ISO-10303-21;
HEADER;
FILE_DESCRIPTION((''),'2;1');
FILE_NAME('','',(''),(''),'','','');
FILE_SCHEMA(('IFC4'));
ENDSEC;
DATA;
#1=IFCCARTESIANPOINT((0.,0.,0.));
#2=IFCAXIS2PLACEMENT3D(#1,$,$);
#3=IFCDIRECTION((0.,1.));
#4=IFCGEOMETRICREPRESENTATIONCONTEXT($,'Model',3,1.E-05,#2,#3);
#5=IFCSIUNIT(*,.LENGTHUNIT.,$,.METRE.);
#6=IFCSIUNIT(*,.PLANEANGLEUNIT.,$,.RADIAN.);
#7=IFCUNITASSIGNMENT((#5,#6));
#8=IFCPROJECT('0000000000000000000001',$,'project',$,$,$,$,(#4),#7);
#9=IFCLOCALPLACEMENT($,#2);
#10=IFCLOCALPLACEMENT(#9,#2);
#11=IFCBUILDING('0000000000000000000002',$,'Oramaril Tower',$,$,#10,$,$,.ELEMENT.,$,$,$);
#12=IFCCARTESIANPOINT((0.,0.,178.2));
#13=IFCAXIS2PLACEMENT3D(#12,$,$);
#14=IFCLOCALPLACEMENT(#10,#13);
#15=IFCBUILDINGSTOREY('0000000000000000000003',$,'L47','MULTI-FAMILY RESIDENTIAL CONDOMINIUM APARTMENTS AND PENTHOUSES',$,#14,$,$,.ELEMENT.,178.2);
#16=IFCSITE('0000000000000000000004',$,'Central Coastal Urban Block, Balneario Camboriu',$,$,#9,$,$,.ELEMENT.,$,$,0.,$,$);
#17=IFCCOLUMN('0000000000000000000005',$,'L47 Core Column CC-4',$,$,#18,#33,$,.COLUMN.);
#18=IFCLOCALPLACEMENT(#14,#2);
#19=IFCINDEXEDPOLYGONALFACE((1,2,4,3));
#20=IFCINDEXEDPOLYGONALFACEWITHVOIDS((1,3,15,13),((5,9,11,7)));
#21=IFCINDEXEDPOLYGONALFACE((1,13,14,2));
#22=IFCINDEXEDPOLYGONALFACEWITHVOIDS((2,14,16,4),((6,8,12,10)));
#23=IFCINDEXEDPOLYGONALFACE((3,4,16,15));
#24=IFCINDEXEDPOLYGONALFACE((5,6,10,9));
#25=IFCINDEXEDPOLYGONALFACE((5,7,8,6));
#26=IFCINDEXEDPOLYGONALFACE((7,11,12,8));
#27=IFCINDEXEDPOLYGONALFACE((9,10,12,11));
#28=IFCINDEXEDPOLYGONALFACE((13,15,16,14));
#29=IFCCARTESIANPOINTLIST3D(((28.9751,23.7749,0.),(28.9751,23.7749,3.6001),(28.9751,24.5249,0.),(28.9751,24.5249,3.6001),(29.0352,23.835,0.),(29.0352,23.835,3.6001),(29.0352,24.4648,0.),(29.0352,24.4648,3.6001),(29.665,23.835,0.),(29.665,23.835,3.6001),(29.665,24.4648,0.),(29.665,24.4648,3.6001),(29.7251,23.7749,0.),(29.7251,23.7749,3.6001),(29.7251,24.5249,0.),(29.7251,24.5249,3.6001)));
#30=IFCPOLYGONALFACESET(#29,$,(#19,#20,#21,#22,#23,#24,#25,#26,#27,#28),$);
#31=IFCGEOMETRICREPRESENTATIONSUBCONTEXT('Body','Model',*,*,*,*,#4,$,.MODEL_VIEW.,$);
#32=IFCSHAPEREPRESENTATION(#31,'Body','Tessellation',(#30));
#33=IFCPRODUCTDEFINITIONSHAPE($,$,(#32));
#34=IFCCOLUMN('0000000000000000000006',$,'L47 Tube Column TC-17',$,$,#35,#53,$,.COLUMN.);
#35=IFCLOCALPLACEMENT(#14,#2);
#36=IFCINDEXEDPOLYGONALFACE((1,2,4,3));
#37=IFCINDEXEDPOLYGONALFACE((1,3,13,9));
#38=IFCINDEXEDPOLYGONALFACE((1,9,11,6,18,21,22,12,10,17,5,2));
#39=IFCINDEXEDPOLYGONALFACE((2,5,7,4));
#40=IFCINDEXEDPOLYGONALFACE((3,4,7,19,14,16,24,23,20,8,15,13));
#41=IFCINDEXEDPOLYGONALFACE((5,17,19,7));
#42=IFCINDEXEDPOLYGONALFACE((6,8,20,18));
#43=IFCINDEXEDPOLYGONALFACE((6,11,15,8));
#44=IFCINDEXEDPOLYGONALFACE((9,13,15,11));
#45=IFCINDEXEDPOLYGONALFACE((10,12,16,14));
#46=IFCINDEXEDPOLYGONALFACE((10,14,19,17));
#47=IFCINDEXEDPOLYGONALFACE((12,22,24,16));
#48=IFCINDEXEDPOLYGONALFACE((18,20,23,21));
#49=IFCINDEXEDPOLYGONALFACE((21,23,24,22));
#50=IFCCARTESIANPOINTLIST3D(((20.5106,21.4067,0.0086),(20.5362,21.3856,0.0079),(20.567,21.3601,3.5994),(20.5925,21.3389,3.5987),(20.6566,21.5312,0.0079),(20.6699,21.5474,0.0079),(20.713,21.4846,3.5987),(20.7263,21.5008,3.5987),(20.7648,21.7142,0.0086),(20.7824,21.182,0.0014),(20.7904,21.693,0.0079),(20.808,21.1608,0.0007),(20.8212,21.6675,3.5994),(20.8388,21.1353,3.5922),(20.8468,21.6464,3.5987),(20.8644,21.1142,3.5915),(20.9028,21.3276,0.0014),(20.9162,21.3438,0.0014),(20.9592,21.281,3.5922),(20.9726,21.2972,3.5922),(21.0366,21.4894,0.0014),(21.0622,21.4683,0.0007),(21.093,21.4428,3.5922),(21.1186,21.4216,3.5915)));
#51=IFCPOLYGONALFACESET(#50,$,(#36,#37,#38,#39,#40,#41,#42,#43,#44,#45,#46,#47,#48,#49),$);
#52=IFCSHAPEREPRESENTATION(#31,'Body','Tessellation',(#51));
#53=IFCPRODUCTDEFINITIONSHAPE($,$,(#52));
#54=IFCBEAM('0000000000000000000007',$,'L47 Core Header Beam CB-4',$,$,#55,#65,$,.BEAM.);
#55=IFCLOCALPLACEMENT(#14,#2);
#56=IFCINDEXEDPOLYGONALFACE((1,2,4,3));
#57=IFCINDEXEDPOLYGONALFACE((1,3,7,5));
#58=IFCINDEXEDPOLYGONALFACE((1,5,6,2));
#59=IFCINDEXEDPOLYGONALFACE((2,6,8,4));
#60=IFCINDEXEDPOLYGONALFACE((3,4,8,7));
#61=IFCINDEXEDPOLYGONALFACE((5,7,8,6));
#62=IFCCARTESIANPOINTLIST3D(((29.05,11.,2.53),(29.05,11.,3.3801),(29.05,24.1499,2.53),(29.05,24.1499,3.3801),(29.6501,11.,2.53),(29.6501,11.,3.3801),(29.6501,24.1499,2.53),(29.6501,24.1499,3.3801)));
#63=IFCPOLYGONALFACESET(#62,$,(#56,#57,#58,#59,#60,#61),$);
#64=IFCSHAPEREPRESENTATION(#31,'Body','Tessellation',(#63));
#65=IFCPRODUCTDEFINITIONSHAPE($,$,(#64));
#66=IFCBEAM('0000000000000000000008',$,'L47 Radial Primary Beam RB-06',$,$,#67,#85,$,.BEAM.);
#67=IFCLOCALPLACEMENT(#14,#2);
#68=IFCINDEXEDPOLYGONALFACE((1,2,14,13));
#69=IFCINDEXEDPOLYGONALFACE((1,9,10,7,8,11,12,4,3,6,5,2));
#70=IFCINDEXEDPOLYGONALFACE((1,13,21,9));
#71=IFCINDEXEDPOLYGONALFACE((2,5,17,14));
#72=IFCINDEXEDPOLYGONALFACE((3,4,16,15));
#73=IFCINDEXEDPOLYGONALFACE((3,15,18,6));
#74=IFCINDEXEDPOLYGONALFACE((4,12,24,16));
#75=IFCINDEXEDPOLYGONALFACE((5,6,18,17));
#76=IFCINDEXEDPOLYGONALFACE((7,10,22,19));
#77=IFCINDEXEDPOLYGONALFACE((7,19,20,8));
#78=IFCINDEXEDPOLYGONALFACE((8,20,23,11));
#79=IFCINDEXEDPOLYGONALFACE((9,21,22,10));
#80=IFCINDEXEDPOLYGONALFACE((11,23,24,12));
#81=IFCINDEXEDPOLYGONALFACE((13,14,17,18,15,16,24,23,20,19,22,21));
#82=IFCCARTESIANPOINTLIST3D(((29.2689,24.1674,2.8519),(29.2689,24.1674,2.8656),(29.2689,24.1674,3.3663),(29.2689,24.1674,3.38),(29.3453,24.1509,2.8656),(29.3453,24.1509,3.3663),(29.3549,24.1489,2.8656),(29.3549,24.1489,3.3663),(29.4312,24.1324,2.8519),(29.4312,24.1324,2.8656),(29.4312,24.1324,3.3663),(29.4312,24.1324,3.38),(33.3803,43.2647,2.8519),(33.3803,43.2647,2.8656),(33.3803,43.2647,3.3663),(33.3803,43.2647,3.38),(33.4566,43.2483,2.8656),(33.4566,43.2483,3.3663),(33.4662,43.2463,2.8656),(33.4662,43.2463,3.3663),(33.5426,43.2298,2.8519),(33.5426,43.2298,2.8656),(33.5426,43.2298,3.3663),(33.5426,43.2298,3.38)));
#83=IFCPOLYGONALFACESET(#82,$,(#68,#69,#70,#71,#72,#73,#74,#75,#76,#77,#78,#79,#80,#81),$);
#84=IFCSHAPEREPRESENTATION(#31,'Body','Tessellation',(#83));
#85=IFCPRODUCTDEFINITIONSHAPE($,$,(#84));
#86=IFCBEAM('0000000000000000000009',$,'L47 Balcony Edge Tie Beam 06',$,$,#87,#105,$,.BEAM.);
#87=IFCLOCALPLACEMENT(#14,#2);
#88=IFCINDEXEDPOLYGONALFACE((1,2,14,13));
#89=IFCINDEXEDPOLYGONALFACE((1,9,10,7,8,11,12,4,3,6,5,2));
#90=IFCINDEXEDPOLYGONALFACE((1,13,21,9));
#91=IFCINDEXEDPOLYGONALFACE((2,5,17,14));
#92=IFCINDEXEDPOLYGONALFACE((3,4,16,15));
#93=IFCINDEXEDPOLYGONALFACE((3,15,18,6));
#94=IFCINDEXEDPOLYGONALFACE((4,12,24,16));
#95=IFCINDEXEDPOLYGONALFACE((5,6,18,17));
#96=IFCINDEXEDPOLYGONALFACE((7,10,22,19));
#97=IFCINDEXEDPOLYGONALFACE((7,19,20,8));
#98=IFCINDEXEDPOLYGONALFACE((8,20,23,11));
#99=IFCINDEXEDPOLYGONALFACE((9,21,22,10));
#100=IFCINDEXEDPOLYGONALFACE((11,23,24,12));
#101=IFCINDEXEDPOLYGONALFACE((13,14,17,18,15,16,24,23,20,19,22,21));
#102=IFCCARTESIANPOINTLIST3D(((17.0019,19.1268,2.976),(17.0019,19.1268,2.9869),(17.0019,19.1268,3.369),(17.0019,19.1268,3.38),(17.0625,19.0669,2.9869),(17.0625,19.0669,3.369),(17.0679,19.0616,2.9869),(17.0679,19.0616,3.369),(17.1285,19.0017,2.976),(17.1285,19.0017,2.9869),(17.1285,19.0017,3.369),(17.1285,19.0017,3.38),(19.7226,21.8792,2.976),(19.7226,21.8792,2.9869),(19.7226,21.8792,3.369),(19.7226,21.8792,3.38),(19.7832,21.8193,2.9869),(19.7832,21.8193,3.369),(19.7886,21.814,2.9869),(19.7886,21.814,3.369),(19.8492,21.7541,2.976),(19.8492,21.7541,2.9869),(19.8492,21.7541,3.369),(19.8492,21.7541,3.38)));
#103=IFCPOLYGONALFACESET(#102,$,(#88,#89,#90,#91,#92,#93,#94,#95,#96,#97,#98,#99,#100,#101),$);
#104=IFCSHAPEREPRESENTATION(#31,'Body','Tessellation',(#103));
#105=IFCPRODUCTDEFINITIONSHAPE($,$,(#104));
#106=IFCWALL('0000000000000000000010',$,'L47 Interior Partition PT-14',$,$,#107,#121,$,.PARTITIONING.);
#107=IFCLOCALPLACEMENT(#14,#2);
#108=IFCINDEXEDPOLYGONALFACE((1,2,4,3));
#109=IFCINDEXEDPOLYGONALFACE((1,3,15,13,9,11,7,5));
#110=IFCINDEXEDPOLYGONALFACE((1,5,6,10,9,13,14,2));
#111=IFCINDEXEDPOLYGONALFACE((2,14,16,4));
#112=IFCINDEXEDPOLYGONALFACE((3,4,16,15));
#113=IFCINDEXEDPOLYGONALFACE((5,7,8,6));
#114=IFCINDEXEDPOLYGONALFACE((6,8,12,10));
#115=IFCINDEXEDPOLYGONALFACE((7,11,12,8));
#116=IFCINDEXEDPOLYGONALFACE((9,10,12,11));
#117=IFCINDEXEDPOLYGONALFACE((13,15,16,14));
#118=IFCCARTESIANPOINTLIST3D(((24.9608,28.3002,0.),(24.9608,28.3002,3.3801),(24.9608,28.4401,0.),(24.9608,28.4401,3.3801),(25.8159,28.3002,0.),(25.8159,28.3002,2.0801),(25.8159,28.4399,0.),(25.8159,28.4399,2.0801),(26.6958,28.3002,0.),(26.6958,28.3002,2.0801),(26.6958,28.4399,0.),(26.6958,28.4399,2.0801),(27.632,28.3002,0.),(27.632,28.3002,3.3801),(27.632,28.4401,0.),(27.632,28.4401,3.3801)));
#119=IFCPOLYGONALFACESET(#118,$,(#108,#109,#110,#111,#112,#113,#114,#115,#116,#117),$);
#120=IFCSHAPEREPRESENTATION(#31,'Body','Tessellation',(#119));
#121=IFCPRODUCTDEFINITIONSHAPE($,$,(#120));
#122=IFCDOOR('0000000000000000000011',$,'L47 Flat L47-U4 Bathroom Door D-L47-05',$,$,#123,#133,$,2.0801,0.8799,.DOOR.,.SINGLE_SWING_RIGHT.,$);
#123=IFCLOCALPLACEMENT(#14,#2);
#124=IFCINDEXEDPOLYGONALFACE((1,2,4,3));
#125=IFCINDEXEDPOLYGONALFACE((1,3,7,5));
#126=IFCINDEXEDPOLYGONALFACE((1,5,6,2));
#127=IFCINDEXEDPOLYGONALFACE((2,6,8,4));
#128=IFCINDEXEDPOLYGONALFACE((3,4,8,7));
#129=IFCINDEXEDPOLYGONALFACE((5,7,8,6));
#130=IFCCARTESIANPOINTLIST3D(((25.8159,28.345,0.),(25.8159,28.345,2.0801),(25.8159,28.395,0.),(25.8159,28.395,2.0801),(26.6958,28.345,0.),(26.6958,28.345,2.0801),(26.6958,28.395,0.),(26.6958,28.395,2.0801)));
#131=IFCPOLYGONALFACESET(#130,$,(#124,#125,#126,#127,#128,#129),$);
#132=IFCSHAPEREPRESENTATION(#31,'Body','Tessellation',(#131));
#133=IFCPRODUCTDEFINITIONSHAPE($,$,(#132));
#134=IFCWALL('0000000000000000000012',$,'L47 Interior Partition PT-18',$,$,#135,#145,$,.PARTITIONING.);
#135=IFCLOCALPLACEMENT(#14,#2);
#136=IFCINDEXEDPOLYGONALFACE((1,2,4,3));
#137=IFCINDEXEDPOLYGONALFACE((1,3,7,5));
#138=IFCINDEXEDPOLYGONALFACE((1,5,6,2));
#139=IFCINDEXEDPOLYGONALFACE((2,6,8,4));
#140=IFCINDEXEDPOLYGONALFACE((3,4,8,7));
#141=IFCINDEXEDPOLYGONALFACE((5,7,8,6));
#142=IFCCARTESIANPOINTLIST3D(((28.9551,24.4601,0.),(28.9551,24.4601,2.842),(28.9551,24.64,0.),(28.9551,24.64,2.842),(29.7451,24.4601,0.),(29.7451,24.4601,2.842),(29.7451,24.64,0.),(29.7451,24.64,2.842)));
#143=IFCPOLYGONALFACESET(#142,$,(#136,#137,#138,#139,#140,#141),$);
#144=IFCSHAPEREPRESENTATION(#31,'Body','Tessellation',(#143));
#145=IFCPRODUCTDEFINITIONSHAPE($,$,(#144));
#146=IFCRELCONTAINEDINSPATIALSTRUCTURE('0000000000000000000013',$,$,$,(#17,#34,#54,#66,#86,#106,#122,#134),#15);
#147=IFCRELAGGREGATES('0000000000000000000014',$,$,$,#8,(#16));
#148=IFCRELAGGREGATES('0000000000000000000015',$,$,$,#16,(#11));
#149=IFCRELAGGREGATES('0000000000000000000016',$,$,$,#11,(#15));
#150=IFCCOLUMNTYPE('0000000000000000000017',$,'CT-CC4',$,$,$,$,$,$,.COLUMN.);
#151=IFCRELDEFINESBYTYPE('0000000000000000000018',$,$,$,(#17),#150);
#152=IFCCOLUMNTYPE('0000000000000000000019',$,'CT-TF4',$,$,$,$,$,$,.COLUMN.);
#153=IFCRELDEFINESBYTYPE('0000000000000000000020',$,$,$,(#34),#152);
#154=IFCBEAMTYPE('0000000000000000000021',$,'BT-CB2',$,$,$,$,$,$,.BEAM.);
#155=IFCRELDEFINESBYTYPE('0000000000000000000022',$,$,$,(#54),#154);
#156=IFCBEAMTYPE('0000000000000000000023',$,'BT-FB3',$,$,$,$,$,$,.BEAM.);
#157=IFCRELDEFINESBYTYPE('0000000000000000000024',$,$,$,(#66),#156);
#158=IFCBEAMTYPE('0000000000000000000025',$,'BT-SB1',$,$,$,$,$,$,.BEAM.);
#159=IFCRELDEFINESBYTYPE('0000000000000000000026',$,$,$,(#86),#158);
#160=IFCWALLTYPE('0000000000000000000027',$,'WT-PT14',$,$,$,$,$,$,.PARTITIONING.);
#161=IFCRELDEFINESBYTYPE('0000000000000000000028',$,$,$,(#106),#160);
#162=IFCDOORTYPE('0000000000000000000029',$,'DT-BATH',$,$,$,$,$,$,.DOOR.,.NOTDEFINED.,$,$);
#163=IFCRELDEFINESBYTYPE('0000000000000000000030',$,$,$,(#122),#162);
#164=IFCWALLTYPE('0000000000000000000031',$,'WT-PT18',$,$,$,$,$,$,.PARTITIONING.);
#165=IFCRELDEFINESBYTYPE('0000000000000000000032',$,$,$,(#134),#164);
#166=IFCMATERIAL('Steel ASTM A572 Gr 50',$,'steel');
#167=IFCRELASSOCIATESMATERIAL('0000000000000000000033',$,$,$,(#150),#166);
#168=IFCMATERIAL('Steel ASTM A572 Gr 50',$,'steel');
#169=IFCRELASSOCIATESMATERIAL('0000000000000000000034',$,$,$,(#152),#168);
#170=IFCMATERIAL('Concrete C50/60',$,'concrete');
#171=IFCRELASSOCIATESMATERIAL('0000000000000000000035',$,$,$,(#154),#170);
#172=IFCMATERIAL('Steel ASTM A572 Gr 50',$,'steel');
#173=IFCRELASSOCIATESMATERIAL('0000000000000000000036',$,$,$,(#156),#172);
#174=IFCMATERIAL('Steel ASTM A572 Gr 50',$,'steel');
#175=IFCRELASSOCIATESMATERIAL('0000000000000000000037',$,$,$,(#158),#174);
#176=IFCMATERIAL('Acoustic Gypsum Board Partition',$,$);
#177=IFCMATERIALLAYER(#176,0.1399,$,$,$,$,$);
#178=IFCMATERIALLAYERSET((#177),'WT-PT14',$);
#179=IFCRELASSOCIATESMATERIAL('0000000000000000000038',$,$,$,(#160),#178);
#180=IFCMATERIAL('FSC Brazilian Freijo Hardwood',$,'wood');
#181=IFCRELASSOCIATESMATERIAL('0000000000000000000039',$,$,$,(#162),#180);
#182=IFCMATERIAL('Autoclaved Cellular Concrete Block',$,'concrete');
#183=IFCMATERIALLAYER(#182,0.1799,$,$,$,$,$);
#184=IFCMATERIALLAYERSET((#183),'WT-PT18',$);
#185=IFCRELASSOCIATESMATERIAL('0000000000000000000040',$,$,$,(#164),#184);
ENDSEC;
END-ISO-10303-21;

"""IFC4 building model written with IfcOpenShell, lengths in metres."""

from ifc_helpers import new_model, si_unit, direction, frame, frame_2d, origin, origin_2d, place, context, subcontext, project, spatial, rectangle, hollow_rectangle, i_section, extrude, material, layer, layer_set, material_profile, profile_set, type_object, element, fill, save


model = new_model("IFC4")

# Units and contexts
model_context = context("Model", 3, precision=1e-05, world=origin(), true_north=direction((0.0, 1.0)))
body_context = subcontext(model_context, "Body", "Model", "MODEL_VIEW")
ifc_project = project(units=[si_unit("LENGTHUNIT", "METRE"), si_unit("PLANEANGLEUNIT", "RADIAN")], contexts=[model_context])

# Site, building, storey
site_placement = place(None, origin())
site = spatial("IfcSite", under=ifc_project, at=site_placement, Name="Central Coastal Urban Block, Balneario Camboriu", CompositionType="ELEMENT", RefElevation=0.0)
building_placement = place(site_placement, origin())
building = spatial("IfcBuilding", under=site, at=building_placement, Name="Oramaril Tower", CompositionType="ELEMENT")
storey_placement = place(building_placement, frame((0.0, 0.0, 178.2)))
storey = spatial("IfcBuildingStorey", under=building, at=storey_placement, Name="L47", Description="MULTI-FAMILY RESIDENTIAL CONDOMINIUM APARTMENTS AND PENTHOUSES", CompositionType="ELEMENT", Elevation=178.2)

# Columns
ifc_material_1 = material(Name="Steel ASTM A572 Gr 50", Category="steel")
ifc_material_profile_1 = material_profile(ifc_material_1, hollow_rectangle(XDim=0.75, YDim=0.75, WallThickness=0.0601, at=origin_2d()), Name="BOX750X750X60")
ifc_profile_set_1 = profile_set([ifc_material_profile_1], Name="Steel ASTM A572 Gr 50")
column_type_1 = type_object("IfcColumnType", Name="CT-CC4", PredefinedType="COLUMN", material=ifc_profile_set_1)
column_1_placement = place(storey_placement, frame((29.3501, 24.1499, 0.0), z_axis=(0.0, 0.0, 1.0), x_axis=(1.0, 0.0, 0.0)))
element("IfcColumn", 1, at=column_1_placement, inside=storey, type_object=column_type_1, Name="L47 Core Column CC-4", PredefinedType="COLUMN", context=body_context, shape_type="SweptSolid", body=[
    extrude(hollow_rectangle(XDim=0.75, YDim=0.75, WallThickness=0.0601, at=origin_2d()), origin(), (0.0, 0.0, 1.0), 3.6001),
])
ifc_material_2 = material(Name="Steel ASTM A572 Gr 50", Category="steel")
ifc_material_profile_2 = material_profile(ifc_material_2, i_section(OverallWidth=0.3989, OverallDepth=0.386, WebThickness=0.021, FlangeThickness=0.0332, at=origin_2d()), Name="W14X176")
ifc_profile_set_2 = profile_set([ifc_material_profile_2], Name="Steel ASTM A572 Gr 50")
column_type_2 = type_object("IfcColumnType", Name="CT-TF4", PredefinedType="COLUMN", material=ifc_profile_set_2)
column_2_placement = place(storey_placement, frame((20.7864, 21.4375, 0.0046), z_axis=(0.015702, -0.012983, 0.999792), x_axis=(0.637226, 0.770677, 0.0)))
element("IfcColumn", 2, at=column_2_placement, inside=storey, type_object=column_type_2, Name="L47 Tube Column TC-17", PredefinedType="COLUMN", context=body_context, shape_type="SweptSolid", body=[
    extrude(i_section(OverallWidth=0.3989, OverallDepth=0.386, WebThickness=0.021, FlangeThickness=0.0332, at=origin_2d()), origin(), (0.0, 0.0, 1.0), 3.5916),
])

# Beams
ifc_material_3 = material(Name="Concrete C50/60", Category="concrete")
ifc_material_profile_3 = material_profile(ifc_material_3, rectangle(XDim=0.6001, YDim=0.8501, at=origin_2d()), Name="CB600X850")
ifc_profile_set_3 = profile_set([ifc_material_profile_3], Name="Concrete C50/60")
beam_type_1 = type_object("IfcBeamType", Name="BT-CB2", PredefinedType="BEAM", material=ifc_profile_set_3)
beam_1_placement = place(storey_placement, frame((29.3501, 24.1499, 2.9551), z_axis=(0.0, -1.0, 0.0), x_axis=(1.0, 0.0, 0.0)))
element("IfcBeam", 3, at=beam_1_placement, inside=storey, type_object=beam_type_1, Name="L47 Core Header Beam CB-4", PredefinedType="BEAM", context=body_context, shape_type="SweptSolid", body=[
    extrude(rectangle(XDim=0.6001, YDim=0.8501, at=origin_2d()), origin(), (0.0, 0.0, 1.0), 13.1499),
])
ifc_material_4 = material(Name="Steel ASTM A572 Gr 50", Category="steel")
ifc_material_profile_4 = material_profile(ifc_material_4, i_section(OverallWidth=0.166, OverallDepth=0.5281, WebThickness=0.0098, FlangeThickness=0.0137, at=origin_2d()), Name="W21X50")
ifc_profile_set_4 = profile_set([ifc_material_profile_4], Name="Steel ASTM A572 Gr 50")
beam_type_2 = type_object("IfcBeamType", Name="BT-FB3", PredefinedType="BEAM", material=ifc_profile_set_4)
beam_2_placement = place(storey_placement, frame((29.3501, 24.1499, 3.116), z_axis=(0.21046, 0.977602, 0.0), x_axis=(-0.977602, 0.21046, 0.0)))
element("IfcBeam", 4, at=beam_2_placement, inside=storey, type_object=beam_type_2, Name="L47 Radial Primary Beam RB-06", PredefinedType="BEAM", context=body_context, shape_type="SweptSolid", body=[
    extrude(i_section(OverallWidth=0.166, OverallDepth=0.5281, WebThickness=0.0098, FlangeThickness=0.0137, at=origin_2d()), origin(), (0.0, 0.0, 1.0), 19.5349),
])
ifc_material_5 = material(Name="Steel ASTM A572 Gr 50", Category="steel")
ifc_material_profile_5 = material_profile(ifc_material_5, i_section(OverallWidth=0.178, OverallDepth=0.4041, WebThickness=0.0076, FlangeThickness=0.011, at=origin_2d()), Name="W16X36")
ifc_profile_set_5 = profile_set([ifc_material_profile_5], Name="Steel ASTM A572 Gr 50")
beam_type_3 = type_object("IfcBeamType", Name="BT-SB1", PredefinedType="BEAM", material=ifc_profile_set_5)
beam_3_placement = place(storey_placement, frame((19.7859, 21.8167, 3.178), z_axis=(-0.702995, -0.711195, 0.0), x_axis=(0.711195, -0.702995, 0.0)))
element("IfcBeam", 5, at=beam_3_placement, inside=storey, type_object=beam_type_3, Name="L47 Balcony Edge Tie Beam 06", PredefinedType="BEAM", context=body_context, shape_type="SweptSolid", body=[
    extrude(i_section(OverallWidth=0.178, OverallDepth=0.4041, WebThickness=0.0076, FlangeThickness=0.011, at=origin_2d()), origin(), (0.0, 0.0, 1.0), 3.8701),
])

# Wall, opening, door
ifc_material_6 = material(Name="Acoustic Gypsum Board Partition")
ifc_layer_1 = layer(ifc_material_6, 0.1399)
ifc_layer_set_1 = layer_set([ifc_layer_1], Name="WT-PT14")
wall_type_1 = type_object("IfcWallType", Name="WT-PT14", PredefinedType="PARTITIONING", material=ifc_layer_set_1)
wall_1_placement = place(storey_placement, frame((24.9609, 28.3701, 0.0), z_axis=(0.0, 0.0, 1.0), x_axis=(1.0, 0.0, 0.0)))
wall_1 = element("IfcWall", 6, at=wall_1_placement, inside=storey, type_object=wall_type_1, Name="L47 Interior Partition PT-14", PredefinedType="PARTITIONING", context=body_context, shape_type="SweptSolid", body=[
    extrude(rectangle(XDim=2.6711, YDim=0.1399, at=frame_2d((1.3354, 0.0))), origin(), (0.0, 0.0, 1.0), 3.3801),
])
opening_1_placement = place(wall_1_placement, frame((0.855, 0.0, 0.0)))
opening_1 = element("IfcOpeningElement", 7, at=opening_1_placement, cuts=wall_1, PredefinedType="OPENING", context=body_context, shape_type="SweptSolid", body=[
    extrude(rectangle(XDim=0.8799, YDim=2.0801, at=frame_2d((0.4399, 1.04))), frame((0.0, 0.0698, 0.0), z_axis=(0.0, -1.0, 0.0), x_axis=(1.0, 0.0, 0.0)), (0.0, 0.0, 1.0), 0.1399),
])
ifc_material_7 = material(Name="FSC Brazilian Freijo Hardwood", Category="wood")
door_type_1 = type_object("IfcDoorType", Name="DT-BATH", OperationType="NOTDEFINED", PredefinedType="DOOR", material=ifc_material_7)
door_1_placement = place(opening_1_placement, origin())
door_1 = element("IfcDoor", 8, at=door_1_placement, inside=storey, type_object=door_type_1, Name="L47 Flat L47-U4 Bathroom Door D-L47-05", OperationType="SINGLE_SWING_RIGHT", OverallHeight=2.0801, OverallWidth=0.8799, PredefinedType="DOOR", context=body_context, shape_type="SweptSolid", body=[
    extrude(rectangle(XDim=0.8799, YDim=2.0801, at=frame_2d((0.4399, 1.04))), frame((0.0, 0.0249, 0.0), z_axis=(0.0, -1.0, 0.0), x_axis=(1.0, 0.0, 0.0)), (0.0, 0.0, 1.0), 0.05),
])
fill(opening_1, door_1)

# Wall
ifc_material_8 = material(Name="Autoclaved Cellular Concrete Block", Category="concrete")
ifc_layer_2 = layer(ifc_material_8, 0.1799)
ifc_layer_set_2 = layer_set([ifc_layer_2], Name="WT-PT18")
wall_type_2 = type_object("IfcWallType", Name="WT-PT18", PredefinedType="PARTITIONING", material=ifc_layer_set_2)
wall_2_placement = place(storey_placement, frame((28.9551, 24.55, 0.0), z_axis=(0.0, 0.0, 1.0), x_axis=(1.0, 0.0, 0.0)))
element("IfcWall", 9, at=wall_2_placement, inside=storey, type_object=wall_type_2, Name="L47 Interior Partition PT-18", PredefinedType="PARTITIONING", context=body_context, shape_type="SweptSolid", body=[
    extrude(rectangle(XDim=0.79, YDim=0.1799, at=frame_2d((0.395, 0.0))), origin(), (0.0, 0.0, 1.0), 2.842),
])

save(model, "model.ifc")
